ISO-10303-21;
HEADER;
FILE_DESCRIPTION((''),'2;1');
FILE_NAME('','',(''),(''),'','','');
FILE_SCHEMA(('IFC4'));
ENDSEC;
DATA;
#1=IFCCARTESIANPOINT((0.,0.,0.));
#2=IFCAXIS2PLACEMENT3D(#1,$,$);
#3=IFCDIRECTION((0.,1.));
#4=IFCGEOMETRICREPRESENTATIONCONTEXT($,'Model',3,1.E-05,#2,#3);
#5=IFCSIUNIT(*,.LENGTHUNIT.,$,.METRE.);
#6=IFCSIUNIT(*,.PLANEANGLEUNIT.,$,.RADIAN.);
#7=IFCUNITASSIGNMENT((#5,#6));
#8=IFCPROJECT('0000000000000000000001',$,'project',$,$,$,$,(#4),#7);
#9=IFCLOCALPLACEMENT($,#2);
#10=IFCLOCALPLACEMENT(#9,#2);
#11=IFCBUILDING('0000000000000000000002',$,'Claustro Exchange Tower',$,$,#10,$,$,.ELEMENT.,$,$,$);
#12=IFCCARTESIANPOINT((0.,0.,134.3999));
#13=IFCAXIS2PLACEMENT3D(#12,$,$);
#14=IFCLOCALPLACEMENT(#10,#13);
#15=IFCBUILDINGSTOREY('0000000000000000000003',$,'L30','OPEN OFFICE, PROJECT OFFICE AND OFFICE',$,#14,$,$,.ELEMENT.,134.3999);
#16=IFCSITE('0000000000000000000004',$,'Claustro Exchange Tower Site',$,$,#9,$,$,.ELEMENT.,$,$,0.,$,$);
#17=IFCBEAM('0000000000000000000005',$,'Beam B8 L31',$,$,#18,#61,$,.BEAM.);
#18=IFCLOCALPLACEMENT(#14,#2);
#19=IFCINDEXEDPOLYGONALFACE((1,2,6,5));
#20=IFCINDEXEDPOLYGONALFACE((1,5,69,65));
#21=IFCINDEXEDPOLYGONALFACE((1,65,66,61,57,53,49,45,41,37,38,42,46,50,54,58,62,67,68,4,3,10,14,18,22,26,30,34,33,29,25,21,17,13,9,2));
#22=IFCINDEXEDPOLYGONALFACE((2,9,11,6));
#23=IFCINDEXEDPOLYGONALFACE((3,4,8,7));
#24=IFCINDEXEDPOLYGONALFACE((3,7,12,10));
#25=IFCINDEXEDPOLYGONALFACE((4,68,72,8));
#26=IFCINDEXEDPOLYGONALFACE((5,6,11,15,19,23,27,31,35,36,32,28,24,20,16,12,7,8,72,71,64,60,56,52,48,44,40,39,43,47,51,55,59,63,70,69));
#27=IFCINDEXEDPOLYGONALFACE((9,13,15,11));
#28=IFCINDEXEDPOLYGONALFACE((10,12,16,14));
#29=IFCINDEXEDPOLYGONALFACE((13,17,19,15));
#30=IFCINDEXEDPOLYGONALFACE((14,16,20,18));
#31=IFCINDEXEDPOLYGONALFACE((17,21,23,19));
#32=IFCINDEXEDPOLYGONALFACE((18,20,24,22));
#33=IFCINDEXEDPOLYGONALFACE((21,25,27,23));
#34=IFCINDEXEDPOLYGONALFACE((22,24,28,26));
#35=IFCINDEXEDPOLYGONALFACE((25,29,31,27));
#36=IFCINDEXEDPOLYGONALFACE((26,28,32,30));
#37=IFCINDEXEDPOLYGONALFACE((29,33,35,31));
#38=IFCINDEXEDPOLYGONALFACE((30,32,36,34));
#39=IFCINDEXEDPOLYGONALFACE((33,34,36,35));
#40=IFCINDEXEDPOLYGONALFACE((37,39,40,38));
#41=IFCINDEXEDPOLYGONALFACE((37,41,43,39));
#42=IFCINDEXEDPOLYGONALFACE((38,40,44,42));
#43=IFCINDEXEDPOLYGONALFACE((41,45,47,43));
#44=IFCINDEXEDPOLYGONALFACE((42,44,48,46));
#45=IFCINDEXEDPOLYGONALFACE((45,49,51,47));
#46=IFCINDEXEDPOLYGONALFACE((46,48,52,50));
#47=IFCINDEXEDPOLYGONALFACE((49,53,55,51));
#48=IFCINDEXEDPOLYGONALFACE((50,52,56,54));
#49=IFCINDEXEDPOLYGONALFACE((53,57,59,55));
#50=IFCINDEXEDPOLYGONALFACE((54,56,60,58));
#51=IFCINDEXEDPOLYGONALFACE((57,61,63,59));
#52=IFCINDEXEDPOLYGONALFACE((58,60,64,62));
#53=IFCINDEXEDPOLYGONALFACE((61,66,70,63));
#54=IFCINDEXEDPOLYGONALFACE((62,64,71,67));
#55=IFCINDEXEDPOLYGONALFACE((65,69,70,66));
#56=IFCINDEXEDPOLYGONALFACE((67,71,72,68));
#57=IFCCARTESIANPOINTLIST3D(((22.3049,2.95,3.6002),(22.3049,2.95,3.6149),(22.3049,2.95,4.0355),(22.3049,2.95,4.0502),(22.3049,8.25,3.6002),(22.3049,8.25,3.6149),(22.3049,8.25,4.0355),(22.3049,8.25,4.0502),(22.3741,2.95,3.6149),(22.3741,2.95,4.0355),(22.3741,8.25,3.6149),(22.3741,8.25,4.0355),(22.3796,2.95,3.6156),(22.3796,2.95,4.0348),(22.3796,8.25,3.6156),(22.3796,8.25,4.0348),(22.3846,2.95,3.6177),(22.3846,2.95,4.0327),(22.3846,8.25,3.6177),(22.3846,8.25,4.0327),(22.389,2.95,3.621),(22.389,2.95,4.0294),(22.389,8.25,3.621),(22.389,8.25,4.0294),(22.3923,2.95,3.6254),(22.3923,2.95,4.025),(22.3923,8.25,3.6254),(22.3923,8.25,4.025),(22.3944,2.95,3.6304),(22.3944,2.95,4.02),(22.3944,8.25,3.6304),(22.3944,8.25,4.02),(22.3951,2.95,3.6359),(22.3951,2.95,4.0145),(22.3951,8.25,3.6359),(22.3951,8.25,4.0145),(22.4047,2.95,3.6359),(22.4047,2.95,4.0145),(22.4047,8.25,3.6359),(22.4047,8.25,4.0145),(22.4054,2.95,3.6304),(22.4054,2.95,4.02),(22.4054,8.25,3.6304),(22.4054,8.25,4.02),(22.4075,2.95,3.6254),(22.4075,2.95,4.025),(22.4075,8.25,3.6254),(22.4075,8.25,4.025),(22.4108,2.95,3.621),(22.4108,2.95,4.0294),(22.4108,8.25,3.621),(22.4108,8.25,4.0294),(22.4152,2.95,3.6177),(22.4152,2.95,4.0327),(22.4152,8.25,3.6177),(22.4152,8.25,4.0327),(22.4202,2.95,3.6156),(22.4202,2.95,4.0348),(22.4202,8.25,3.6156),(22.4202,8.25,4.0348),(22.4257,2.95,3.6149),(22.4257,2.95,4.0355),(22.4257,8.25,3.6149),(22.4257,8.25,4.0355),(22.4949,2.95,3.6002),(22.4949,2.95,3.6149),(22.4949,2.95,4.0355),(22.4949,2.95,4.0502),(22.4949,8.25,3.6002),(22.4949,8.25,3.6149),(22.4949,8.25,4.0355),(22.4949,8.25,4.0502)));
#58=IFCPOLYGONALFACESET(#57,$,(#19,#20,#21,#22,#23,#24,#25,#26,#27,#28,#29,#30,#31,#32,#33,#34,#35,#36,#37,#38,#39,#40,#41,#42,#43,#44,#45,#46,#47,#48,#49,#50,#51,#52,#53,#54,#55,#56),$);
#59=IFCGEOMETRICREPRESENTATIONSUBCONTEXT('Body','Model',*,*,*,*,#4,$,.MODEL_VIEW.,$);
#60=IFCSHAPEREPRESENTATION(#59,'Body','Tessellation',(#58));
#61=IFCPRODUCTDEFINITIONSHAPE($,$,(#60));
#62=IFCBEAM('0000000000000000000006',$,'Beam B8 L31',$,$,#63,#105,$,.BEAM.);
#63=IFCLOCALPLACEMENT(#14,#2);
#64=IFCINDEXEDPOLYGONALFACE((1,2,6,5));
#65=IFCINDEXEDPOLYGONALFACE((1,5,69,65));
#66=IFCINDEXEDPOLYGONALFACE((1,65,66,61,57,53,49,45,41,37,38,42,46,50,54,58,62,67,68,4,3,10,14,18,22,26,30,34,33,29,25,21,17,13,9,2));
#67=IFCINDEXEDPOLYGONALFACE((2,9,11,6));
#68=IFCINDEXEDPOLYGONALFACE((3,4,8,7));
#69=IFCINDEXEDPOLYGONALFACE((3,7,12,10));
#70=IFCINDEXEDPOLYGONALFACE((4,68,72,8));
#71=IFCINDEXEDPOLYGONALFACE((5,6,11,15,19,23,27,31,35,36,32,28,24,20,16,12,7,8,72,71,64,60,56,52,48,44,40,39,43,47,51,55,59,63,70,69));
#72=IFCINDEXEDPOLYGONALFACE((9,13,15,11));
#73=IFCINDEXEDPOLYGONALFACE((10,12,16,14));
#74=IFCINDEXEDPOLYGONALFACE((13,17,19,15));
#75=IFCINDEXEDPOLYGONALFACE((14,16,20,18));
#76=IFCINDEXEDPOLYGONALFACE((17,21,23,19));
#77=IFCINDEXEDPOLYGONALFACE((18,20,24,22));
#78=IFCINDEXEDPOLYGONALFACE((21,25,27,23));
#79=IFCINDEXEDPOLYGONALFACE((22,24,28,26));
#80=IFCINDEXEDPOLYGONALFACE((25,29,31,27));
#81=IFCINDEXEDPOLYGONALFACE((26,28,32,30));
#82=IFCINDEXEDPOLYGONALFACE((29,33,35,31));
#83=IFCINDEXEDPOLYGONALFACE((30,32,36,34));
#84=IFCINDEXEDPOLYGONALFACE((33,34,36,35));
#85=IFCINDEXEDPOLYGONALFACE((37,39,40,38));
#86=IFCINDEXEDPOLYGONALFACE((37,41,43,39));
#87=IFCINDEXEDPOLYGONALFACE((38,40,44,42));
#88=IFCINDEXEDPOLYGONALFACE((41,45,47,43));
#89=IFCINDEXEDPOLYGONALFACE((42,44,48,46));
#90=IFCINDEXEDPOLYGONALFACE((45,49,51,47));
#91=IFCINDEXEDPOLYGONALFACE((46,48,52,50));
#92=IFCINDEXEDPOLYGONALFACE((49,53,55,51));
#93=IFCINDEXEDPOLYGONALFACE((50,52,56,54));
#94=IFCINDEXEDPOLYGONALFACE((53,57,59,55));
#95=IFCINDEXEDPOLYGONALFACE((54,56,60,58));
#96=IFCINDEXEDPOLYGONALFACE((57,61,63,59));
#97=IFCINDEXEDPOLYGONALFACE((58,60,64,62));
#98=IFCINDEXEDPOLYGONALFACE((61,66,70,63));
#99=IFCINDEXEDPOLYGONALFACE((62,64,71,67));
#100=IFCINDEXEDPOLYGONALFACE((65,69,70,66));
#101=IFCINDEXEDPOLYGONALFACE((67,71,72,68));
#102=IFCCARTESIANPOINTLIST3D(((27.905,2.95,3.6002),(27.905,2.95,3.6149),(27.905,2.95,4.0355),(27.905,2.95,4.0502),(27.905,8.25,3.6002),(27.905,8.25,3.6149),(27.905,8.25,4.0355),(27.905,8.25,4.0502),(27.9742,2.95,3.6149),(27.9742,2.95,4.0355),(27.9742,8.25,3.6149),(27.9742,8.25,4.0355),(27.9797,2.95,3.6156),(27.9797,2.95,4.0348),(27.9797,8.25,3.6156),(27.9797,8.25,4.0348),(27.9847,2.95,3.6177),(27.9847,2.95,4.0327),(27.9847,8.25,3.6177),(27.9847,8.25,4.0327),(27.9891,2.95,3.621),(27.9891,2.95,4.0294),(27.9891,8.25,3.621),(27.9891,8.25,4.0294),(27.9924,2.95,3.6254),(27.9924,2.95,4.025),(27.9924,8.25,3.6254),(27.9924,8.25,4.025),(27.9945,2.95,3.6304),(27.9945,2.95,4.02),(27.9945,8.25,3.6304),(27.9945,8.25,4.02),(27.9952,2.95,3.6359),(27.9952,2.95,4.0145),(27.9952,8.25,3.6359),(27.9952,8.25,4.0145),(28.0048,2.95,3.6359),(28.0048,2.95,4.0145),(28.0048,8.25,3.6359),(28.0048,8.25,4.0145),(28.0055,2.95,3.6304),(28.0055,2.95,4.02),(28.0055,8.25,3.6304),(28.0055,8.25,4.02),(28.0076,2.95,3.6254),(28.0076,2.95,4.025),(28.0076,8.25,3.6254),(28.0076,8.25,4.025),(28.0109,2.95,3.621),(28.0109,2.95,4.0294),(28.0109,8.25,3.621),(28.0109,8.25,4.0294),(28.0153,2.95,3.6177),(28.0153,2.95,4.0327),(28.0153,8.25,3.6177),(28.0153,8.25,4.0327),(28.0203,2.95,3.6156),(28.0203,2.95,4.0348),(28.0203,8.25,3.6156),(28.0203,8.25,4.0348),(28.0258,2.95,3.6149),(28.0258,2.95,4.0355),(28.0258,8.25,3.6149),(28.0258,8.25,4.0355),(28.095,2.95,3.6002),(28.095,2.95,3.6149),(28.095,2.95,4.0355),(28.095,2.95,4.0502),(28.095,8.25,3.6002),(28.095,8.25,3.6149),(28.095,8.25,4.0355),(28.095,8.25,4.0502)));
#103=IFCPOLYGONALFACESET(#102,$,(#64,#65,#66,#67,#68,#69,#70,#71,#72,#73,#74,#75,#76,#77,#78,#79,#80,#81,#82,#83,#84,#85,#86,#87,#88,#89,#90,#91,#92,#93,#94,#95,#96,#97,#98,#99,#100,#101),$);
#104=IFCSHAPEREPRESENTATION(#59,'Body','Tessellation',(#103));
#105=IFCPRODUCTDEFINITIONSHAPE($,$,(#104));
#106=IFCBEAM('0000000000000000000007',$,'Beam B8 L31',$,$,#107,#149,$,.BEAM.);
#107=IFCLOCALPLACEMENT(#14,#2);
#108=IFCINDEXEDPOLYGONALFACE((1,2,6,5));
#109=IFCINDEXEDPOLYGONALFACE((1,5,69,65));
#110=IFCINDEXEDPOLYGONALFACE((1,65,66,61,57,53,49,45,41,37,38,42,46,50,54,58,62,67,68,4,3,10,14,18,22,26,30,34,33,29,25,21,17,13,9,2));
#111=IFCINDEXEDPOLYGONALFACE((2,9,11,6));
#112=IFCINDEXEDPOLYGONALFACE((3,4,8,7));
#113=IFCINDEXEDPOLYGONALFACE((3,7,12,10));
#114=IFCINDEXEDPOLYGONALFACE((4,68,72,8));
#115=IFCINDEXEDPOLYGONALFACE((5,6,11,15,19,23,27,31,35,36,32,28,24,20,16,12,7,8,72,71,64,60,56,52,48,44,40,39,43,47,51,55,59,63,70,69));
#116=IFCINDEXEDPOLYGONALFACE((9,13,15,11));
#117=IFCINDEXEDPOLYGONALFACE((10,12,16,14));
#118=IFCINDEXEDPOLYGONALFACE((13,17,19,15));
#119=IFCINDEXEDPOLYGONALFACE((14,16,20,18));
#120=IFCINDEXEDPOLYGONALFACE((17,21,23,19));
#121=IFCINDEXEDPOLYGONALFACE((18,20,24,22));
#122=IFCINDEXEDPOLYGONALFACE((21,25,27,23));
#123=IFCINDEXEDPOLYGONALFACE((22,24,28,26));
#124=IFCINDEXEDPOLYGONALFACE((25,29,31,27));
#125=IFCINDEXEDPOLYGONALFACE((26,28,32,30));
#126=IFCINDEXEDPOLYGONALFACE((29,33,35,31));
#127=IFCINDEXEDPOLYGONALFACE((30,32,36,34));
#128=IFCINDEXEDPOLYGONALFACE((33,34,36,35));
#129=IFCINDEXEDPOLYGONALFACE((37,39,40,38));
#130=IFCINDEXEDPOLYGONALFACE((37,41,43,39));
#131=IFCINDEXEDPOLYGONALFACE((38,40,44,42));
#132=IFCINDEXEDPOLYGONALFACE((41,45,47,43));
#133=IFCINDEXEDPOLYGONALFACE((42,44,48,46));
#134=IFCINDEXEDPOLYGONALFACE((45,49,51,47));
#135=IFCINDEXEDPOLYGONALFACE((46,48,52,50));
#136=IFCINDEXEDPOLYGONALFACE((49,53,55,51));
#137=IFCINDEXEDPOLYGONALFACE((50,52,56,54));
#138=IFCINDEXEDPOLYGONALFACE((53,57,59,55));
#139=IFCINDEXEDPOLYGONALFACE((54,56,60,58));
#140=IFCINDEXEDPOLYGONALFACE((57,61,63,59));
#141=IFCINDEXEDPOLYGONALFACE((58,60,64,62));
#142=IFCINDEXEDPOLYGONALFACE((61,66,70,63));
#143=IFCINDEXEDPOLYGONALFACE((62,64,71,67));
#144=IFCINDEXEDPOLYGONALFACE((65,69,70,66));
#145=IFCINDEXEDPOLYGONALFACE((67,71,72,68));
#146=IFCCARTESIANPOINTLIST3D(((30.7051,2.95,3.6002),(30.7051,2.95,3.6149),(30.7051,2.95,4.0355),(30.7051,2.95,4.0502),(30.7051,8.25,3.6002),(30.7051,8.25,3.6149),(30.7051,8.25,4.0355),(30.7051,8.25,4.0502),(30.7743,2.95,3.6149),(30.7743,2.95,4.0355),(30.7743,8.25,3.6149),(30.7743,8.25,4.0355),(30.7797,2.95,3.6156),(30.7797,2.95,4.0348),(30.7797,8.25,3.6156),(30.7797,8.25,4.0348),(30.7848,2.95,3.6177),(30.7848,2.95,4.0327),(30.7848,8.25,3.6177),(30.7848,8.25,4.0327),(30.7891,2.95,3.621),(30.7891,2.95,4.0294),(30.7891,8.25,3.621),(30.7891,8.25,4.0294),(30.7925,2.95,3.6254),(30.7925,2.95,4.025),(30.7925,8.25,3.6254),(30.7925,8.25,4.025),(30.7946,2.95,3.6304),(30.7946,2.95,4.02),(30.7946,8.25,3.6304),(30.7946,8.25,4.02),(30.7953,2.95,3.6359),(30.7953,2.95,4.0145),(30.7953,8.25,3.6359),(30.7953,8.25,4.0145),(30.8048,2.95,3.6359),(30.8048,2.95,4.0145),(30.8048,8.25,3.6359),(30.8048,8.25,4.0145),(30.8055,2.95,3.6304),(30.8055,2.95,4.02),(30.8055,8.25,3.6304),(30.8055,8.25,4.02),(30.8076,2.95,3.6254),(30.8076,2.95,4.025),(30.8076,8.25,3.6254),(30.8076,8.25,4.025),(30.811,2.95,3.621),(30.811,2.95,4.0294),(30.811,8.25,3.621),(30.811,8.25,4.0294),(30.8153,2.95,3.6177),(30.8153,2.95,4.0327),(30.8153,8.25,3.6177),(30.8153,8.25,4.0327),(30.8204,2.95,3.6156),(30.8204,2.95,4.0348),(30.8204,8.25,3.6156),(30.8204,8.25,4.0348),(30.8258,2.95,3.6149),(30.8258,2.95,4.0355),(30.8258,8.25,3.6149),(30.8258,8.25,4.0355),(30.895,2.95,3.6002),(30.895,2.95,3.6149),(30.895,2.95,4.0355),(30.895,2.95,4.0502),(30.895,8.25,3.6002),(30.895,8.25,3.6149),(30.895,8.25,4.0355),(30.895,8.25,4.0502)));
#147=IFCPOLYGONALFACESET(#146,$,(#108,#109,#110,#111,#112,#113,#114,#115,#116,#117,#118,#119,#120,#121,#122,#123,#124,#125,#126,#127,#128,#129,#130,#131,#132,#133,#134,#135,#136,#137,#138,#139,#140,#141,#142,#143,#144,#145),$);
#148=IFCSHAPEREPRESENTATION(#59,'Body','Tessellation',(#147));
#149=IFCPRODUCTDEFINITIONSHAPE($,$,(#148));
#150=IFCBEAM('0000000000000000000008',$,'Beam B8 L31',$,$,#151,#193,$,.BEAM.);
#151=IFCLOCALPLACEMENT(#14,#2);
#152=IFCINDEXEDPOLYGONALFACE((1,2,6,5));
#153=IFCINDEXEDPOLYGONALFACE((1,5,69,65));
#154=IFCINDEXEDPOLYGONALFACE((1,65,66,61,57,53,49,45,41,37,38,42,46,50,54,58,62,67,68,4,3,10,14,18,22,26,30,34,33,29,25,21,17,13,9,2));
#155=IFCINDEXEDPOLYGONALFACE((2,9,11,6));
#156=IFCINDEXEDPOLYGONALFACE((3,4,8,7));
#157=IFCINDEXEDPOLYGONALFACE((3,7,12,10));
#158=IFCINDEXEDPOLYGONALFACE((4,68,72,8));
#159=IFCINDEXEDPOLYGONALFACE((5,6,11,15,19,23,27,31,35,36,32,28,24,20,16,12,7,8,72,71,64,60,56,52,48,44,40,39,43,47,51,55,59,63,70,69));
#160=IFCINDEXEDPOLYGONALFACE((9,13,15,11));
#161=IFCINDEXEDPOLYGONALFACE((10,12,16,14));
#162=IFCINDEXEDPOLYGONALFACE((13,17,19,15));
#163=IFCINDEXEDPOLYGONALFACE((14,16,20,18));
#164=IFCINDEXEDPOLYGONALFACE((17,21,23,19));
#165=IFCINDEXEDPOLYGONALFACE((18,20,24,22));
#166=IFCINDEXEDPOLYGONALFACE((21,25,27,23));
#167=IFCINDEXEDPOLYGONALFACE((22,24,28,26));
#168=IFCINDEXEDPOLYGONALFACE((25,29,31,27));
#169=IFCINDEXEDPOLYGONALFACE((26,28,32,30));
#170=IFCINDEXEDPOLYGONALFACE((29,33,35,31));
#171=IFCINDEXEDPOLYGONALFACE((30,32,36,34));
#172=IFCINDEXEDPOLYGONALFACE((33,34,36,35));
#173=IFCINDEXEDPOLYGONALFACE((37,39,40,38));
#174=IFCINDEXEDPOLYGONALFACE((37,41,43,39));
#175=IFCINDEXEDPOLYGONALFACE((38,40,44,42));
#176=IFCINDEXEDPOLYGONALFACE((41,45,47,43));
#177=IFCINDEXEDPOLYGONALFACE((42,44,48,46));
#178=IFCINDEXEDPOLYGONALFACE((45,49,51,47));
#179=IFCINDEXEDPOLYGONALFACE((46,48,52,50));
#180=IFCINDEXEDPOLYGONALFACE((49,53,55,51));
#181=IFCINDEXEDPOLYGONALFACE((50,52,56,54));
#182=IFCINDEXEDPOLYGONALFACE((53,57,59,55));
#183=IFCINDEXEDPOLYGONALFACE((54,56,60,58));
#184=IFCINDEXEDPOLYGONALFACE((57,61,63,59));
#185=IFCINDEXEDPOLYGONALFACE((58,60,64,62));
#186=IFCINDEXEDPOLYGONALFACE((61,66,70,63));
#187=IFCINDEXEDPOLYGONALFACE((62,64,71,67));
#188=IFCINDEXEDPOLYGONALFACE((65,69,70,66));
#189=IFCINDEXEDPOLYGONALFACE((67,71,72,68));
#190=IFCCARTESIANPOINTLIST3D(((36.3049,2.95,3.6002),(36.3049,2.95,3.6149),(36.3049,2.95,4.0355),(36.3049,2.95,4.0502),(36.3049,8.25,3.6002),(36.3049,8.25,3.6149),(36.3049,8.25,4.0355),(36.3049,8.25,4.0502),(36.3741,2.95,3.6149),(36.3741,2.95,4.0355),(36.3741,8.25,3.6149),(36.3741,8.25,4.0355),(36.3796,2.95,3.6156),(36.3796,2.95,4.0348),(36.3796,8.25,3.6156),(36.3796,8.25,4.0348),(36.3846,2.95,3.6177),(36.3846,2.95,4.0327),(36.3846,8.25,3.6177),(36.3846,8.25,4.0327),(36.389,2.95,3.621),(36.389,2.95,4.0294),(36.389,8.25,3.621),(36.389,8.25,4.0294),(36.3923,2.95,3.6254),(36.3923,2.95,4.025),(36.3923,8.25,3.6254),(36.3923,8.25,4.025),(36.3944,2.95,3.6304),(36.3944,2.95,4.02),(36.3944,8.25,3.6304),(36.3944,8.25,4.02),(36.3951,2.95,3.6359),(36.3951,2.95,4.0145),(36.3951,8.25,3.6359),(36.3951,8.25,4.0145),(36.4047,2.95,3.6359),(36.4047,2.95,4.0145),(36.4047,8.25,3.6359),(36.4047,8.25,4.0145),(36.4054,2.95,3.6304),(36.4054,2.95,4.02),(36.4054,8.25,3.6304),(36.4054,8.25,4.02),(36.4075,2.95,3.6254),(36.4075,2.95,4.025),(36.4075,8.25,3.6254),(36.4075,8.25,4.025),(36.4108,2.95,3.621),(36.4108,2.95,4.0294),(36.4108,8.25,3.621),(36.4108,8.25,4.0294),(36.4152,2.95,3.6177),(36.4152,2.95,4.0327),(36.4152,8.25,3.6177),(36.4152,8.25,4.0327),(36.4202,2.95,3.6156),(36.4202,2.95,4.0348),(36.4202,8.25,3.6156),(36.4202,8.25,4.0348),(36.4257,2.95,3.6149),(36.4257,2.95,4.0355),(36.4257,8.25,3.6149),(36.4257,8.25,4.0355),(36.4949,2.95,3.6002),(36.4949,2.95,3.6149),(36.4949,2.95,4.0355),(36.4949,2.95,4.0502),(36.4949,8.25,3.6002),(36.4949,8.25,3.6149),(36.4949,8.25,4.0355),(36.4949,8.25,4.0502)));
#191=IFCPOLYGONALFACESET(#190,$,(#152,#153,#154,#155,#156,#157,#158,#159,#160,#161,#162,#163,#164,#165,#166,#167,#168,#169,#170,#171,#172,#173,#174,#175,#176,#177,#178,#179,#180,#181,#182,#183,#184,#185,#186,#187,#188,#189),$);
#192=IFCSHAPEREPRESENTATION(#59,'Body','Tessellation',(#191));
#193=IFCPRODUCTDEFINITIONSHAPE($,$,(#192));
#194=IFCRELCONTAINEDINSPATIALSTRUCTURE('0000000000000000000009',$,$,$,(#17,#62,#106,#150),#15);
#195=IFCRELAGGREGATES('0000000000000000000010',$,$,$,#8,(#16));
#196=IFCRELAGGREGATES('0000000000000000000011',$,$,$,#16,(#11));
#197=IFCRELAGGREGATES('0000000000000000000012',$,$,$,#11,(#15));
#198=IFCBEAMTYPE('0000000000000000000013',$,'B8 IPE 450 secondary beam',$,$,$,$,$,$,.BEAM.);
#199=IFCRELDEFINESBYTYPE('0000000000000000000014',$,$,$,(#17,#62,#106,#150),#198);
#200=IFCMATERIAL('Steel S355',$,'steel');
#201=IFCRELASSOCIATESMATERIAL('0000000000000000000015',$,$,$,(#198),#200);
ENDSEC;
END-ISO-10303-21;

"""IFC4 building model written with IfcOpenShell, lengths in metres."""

from ifc_helpers import new_model, si_unit, direction, frame, origin, origin_2d, place, context, subcontext, project, spatial, i_section, extrude, material, material_profile, profile_set, type_object, element, save


model = new_model("IFC4")

# Units and contexts
model_context = context("Model", 3, precision=1e-05, world=origin(), true_north=direction((0.0, 1.0)))
body_context = subcontext(model_context, "Body", "Model", "MODEL_VIEW")
ifc_project = project(units=[si_unit("LENGTHUNIT", "METRE"), si_unit("PLANEANGLEUNIT", "RADIAN")], contexts=[model_context])

# Site, building, storey
site_placement = place(None, origin())
site = spatial("IfcSite", under=ifc_project, at=site_placement, Name="Claustro Exchange Tower Site", CompositionType="ELEMENT", RefElevation=0.0)
building_placement = place(site_placement, origin())
building = spatial("IfcBuilding", under=site, at=building_placement, Name="Claustro Exchange Tower", CompositionType="ELEMENT")
storey_placement = place(building_placement, frame((0.0, 0.0, 134.3999)))
storey = spatial("IfcBuildingStorey", under=building, at=storey_placement, Name="L30", Description="OPEN OFFICE, PROJECT OFFICE AND OFFICE", CompositionType="ELEMENT", Elevation=134.3999)

# Beams
ifc_material_1 = material(Name="Steel S355", Category="steel")
ifc_material_profile_1 = material_profile(ifc_material_1, i_section(OverallWidth=0.1899, OverallDepth=0.45, WebThickness=0.0095, FlangeThickness=0.0146, FilletRadius=0.021, at=origin_2d()), Name="IPE 450")
ifc_profile_set_1 = profile_set([ifc_material_profile_1], Name="Steel S355")
beam_type_1 = type_object("IfcBeamType", Name="B8 IPE 450 secondary beam", PredefinedType="BEAM", material=ifc_profile_set_1)
for number, where, z_axis, x_axis, name in (
    (1, (22.3999, 2.95, 3.8252), (0.0, 1.0, 0.0), (-1.0, 0.0, 0.0), "Beam B8 L31"),
    (2, (28.0, 2.95, 3.8252), (0.0, 1.0, 0.0), (-1.0, 0.0, 0.0), "Beam B8 L31"),
    (3, (30.8, 2.95, 3.8252), (0.0, 1.0, 0.0), (-1.0, 0.0, 0.0), "Beam B8 L31"),
    (4, (36.3999, 2.95, 3.8252), (0.0, 1.0, 0.0), (-1.0, 0.0, 0.0), "Beam B8 L31"),
):
    element("IfcBeam", number, at=place(storey_placement, frame(where, z_axis=z_axis, x_axis=x_axis)), inside=storey, type_object=beam_type_1, Name=name, PredefinedType="BEAM", context=body_context, shape_type="SweptSolid", body=[
        extrude(i_section(OverallWidth=0.1899, OverallDepth=0.45, WebThickness=0.0095, FlangeThickness=0.0146, FilletRadius=0.021, at=origin_2d()), origin(), (0.0, 0.0, 1.0), 5.3),
    ])

save(model, "model.ifc")
